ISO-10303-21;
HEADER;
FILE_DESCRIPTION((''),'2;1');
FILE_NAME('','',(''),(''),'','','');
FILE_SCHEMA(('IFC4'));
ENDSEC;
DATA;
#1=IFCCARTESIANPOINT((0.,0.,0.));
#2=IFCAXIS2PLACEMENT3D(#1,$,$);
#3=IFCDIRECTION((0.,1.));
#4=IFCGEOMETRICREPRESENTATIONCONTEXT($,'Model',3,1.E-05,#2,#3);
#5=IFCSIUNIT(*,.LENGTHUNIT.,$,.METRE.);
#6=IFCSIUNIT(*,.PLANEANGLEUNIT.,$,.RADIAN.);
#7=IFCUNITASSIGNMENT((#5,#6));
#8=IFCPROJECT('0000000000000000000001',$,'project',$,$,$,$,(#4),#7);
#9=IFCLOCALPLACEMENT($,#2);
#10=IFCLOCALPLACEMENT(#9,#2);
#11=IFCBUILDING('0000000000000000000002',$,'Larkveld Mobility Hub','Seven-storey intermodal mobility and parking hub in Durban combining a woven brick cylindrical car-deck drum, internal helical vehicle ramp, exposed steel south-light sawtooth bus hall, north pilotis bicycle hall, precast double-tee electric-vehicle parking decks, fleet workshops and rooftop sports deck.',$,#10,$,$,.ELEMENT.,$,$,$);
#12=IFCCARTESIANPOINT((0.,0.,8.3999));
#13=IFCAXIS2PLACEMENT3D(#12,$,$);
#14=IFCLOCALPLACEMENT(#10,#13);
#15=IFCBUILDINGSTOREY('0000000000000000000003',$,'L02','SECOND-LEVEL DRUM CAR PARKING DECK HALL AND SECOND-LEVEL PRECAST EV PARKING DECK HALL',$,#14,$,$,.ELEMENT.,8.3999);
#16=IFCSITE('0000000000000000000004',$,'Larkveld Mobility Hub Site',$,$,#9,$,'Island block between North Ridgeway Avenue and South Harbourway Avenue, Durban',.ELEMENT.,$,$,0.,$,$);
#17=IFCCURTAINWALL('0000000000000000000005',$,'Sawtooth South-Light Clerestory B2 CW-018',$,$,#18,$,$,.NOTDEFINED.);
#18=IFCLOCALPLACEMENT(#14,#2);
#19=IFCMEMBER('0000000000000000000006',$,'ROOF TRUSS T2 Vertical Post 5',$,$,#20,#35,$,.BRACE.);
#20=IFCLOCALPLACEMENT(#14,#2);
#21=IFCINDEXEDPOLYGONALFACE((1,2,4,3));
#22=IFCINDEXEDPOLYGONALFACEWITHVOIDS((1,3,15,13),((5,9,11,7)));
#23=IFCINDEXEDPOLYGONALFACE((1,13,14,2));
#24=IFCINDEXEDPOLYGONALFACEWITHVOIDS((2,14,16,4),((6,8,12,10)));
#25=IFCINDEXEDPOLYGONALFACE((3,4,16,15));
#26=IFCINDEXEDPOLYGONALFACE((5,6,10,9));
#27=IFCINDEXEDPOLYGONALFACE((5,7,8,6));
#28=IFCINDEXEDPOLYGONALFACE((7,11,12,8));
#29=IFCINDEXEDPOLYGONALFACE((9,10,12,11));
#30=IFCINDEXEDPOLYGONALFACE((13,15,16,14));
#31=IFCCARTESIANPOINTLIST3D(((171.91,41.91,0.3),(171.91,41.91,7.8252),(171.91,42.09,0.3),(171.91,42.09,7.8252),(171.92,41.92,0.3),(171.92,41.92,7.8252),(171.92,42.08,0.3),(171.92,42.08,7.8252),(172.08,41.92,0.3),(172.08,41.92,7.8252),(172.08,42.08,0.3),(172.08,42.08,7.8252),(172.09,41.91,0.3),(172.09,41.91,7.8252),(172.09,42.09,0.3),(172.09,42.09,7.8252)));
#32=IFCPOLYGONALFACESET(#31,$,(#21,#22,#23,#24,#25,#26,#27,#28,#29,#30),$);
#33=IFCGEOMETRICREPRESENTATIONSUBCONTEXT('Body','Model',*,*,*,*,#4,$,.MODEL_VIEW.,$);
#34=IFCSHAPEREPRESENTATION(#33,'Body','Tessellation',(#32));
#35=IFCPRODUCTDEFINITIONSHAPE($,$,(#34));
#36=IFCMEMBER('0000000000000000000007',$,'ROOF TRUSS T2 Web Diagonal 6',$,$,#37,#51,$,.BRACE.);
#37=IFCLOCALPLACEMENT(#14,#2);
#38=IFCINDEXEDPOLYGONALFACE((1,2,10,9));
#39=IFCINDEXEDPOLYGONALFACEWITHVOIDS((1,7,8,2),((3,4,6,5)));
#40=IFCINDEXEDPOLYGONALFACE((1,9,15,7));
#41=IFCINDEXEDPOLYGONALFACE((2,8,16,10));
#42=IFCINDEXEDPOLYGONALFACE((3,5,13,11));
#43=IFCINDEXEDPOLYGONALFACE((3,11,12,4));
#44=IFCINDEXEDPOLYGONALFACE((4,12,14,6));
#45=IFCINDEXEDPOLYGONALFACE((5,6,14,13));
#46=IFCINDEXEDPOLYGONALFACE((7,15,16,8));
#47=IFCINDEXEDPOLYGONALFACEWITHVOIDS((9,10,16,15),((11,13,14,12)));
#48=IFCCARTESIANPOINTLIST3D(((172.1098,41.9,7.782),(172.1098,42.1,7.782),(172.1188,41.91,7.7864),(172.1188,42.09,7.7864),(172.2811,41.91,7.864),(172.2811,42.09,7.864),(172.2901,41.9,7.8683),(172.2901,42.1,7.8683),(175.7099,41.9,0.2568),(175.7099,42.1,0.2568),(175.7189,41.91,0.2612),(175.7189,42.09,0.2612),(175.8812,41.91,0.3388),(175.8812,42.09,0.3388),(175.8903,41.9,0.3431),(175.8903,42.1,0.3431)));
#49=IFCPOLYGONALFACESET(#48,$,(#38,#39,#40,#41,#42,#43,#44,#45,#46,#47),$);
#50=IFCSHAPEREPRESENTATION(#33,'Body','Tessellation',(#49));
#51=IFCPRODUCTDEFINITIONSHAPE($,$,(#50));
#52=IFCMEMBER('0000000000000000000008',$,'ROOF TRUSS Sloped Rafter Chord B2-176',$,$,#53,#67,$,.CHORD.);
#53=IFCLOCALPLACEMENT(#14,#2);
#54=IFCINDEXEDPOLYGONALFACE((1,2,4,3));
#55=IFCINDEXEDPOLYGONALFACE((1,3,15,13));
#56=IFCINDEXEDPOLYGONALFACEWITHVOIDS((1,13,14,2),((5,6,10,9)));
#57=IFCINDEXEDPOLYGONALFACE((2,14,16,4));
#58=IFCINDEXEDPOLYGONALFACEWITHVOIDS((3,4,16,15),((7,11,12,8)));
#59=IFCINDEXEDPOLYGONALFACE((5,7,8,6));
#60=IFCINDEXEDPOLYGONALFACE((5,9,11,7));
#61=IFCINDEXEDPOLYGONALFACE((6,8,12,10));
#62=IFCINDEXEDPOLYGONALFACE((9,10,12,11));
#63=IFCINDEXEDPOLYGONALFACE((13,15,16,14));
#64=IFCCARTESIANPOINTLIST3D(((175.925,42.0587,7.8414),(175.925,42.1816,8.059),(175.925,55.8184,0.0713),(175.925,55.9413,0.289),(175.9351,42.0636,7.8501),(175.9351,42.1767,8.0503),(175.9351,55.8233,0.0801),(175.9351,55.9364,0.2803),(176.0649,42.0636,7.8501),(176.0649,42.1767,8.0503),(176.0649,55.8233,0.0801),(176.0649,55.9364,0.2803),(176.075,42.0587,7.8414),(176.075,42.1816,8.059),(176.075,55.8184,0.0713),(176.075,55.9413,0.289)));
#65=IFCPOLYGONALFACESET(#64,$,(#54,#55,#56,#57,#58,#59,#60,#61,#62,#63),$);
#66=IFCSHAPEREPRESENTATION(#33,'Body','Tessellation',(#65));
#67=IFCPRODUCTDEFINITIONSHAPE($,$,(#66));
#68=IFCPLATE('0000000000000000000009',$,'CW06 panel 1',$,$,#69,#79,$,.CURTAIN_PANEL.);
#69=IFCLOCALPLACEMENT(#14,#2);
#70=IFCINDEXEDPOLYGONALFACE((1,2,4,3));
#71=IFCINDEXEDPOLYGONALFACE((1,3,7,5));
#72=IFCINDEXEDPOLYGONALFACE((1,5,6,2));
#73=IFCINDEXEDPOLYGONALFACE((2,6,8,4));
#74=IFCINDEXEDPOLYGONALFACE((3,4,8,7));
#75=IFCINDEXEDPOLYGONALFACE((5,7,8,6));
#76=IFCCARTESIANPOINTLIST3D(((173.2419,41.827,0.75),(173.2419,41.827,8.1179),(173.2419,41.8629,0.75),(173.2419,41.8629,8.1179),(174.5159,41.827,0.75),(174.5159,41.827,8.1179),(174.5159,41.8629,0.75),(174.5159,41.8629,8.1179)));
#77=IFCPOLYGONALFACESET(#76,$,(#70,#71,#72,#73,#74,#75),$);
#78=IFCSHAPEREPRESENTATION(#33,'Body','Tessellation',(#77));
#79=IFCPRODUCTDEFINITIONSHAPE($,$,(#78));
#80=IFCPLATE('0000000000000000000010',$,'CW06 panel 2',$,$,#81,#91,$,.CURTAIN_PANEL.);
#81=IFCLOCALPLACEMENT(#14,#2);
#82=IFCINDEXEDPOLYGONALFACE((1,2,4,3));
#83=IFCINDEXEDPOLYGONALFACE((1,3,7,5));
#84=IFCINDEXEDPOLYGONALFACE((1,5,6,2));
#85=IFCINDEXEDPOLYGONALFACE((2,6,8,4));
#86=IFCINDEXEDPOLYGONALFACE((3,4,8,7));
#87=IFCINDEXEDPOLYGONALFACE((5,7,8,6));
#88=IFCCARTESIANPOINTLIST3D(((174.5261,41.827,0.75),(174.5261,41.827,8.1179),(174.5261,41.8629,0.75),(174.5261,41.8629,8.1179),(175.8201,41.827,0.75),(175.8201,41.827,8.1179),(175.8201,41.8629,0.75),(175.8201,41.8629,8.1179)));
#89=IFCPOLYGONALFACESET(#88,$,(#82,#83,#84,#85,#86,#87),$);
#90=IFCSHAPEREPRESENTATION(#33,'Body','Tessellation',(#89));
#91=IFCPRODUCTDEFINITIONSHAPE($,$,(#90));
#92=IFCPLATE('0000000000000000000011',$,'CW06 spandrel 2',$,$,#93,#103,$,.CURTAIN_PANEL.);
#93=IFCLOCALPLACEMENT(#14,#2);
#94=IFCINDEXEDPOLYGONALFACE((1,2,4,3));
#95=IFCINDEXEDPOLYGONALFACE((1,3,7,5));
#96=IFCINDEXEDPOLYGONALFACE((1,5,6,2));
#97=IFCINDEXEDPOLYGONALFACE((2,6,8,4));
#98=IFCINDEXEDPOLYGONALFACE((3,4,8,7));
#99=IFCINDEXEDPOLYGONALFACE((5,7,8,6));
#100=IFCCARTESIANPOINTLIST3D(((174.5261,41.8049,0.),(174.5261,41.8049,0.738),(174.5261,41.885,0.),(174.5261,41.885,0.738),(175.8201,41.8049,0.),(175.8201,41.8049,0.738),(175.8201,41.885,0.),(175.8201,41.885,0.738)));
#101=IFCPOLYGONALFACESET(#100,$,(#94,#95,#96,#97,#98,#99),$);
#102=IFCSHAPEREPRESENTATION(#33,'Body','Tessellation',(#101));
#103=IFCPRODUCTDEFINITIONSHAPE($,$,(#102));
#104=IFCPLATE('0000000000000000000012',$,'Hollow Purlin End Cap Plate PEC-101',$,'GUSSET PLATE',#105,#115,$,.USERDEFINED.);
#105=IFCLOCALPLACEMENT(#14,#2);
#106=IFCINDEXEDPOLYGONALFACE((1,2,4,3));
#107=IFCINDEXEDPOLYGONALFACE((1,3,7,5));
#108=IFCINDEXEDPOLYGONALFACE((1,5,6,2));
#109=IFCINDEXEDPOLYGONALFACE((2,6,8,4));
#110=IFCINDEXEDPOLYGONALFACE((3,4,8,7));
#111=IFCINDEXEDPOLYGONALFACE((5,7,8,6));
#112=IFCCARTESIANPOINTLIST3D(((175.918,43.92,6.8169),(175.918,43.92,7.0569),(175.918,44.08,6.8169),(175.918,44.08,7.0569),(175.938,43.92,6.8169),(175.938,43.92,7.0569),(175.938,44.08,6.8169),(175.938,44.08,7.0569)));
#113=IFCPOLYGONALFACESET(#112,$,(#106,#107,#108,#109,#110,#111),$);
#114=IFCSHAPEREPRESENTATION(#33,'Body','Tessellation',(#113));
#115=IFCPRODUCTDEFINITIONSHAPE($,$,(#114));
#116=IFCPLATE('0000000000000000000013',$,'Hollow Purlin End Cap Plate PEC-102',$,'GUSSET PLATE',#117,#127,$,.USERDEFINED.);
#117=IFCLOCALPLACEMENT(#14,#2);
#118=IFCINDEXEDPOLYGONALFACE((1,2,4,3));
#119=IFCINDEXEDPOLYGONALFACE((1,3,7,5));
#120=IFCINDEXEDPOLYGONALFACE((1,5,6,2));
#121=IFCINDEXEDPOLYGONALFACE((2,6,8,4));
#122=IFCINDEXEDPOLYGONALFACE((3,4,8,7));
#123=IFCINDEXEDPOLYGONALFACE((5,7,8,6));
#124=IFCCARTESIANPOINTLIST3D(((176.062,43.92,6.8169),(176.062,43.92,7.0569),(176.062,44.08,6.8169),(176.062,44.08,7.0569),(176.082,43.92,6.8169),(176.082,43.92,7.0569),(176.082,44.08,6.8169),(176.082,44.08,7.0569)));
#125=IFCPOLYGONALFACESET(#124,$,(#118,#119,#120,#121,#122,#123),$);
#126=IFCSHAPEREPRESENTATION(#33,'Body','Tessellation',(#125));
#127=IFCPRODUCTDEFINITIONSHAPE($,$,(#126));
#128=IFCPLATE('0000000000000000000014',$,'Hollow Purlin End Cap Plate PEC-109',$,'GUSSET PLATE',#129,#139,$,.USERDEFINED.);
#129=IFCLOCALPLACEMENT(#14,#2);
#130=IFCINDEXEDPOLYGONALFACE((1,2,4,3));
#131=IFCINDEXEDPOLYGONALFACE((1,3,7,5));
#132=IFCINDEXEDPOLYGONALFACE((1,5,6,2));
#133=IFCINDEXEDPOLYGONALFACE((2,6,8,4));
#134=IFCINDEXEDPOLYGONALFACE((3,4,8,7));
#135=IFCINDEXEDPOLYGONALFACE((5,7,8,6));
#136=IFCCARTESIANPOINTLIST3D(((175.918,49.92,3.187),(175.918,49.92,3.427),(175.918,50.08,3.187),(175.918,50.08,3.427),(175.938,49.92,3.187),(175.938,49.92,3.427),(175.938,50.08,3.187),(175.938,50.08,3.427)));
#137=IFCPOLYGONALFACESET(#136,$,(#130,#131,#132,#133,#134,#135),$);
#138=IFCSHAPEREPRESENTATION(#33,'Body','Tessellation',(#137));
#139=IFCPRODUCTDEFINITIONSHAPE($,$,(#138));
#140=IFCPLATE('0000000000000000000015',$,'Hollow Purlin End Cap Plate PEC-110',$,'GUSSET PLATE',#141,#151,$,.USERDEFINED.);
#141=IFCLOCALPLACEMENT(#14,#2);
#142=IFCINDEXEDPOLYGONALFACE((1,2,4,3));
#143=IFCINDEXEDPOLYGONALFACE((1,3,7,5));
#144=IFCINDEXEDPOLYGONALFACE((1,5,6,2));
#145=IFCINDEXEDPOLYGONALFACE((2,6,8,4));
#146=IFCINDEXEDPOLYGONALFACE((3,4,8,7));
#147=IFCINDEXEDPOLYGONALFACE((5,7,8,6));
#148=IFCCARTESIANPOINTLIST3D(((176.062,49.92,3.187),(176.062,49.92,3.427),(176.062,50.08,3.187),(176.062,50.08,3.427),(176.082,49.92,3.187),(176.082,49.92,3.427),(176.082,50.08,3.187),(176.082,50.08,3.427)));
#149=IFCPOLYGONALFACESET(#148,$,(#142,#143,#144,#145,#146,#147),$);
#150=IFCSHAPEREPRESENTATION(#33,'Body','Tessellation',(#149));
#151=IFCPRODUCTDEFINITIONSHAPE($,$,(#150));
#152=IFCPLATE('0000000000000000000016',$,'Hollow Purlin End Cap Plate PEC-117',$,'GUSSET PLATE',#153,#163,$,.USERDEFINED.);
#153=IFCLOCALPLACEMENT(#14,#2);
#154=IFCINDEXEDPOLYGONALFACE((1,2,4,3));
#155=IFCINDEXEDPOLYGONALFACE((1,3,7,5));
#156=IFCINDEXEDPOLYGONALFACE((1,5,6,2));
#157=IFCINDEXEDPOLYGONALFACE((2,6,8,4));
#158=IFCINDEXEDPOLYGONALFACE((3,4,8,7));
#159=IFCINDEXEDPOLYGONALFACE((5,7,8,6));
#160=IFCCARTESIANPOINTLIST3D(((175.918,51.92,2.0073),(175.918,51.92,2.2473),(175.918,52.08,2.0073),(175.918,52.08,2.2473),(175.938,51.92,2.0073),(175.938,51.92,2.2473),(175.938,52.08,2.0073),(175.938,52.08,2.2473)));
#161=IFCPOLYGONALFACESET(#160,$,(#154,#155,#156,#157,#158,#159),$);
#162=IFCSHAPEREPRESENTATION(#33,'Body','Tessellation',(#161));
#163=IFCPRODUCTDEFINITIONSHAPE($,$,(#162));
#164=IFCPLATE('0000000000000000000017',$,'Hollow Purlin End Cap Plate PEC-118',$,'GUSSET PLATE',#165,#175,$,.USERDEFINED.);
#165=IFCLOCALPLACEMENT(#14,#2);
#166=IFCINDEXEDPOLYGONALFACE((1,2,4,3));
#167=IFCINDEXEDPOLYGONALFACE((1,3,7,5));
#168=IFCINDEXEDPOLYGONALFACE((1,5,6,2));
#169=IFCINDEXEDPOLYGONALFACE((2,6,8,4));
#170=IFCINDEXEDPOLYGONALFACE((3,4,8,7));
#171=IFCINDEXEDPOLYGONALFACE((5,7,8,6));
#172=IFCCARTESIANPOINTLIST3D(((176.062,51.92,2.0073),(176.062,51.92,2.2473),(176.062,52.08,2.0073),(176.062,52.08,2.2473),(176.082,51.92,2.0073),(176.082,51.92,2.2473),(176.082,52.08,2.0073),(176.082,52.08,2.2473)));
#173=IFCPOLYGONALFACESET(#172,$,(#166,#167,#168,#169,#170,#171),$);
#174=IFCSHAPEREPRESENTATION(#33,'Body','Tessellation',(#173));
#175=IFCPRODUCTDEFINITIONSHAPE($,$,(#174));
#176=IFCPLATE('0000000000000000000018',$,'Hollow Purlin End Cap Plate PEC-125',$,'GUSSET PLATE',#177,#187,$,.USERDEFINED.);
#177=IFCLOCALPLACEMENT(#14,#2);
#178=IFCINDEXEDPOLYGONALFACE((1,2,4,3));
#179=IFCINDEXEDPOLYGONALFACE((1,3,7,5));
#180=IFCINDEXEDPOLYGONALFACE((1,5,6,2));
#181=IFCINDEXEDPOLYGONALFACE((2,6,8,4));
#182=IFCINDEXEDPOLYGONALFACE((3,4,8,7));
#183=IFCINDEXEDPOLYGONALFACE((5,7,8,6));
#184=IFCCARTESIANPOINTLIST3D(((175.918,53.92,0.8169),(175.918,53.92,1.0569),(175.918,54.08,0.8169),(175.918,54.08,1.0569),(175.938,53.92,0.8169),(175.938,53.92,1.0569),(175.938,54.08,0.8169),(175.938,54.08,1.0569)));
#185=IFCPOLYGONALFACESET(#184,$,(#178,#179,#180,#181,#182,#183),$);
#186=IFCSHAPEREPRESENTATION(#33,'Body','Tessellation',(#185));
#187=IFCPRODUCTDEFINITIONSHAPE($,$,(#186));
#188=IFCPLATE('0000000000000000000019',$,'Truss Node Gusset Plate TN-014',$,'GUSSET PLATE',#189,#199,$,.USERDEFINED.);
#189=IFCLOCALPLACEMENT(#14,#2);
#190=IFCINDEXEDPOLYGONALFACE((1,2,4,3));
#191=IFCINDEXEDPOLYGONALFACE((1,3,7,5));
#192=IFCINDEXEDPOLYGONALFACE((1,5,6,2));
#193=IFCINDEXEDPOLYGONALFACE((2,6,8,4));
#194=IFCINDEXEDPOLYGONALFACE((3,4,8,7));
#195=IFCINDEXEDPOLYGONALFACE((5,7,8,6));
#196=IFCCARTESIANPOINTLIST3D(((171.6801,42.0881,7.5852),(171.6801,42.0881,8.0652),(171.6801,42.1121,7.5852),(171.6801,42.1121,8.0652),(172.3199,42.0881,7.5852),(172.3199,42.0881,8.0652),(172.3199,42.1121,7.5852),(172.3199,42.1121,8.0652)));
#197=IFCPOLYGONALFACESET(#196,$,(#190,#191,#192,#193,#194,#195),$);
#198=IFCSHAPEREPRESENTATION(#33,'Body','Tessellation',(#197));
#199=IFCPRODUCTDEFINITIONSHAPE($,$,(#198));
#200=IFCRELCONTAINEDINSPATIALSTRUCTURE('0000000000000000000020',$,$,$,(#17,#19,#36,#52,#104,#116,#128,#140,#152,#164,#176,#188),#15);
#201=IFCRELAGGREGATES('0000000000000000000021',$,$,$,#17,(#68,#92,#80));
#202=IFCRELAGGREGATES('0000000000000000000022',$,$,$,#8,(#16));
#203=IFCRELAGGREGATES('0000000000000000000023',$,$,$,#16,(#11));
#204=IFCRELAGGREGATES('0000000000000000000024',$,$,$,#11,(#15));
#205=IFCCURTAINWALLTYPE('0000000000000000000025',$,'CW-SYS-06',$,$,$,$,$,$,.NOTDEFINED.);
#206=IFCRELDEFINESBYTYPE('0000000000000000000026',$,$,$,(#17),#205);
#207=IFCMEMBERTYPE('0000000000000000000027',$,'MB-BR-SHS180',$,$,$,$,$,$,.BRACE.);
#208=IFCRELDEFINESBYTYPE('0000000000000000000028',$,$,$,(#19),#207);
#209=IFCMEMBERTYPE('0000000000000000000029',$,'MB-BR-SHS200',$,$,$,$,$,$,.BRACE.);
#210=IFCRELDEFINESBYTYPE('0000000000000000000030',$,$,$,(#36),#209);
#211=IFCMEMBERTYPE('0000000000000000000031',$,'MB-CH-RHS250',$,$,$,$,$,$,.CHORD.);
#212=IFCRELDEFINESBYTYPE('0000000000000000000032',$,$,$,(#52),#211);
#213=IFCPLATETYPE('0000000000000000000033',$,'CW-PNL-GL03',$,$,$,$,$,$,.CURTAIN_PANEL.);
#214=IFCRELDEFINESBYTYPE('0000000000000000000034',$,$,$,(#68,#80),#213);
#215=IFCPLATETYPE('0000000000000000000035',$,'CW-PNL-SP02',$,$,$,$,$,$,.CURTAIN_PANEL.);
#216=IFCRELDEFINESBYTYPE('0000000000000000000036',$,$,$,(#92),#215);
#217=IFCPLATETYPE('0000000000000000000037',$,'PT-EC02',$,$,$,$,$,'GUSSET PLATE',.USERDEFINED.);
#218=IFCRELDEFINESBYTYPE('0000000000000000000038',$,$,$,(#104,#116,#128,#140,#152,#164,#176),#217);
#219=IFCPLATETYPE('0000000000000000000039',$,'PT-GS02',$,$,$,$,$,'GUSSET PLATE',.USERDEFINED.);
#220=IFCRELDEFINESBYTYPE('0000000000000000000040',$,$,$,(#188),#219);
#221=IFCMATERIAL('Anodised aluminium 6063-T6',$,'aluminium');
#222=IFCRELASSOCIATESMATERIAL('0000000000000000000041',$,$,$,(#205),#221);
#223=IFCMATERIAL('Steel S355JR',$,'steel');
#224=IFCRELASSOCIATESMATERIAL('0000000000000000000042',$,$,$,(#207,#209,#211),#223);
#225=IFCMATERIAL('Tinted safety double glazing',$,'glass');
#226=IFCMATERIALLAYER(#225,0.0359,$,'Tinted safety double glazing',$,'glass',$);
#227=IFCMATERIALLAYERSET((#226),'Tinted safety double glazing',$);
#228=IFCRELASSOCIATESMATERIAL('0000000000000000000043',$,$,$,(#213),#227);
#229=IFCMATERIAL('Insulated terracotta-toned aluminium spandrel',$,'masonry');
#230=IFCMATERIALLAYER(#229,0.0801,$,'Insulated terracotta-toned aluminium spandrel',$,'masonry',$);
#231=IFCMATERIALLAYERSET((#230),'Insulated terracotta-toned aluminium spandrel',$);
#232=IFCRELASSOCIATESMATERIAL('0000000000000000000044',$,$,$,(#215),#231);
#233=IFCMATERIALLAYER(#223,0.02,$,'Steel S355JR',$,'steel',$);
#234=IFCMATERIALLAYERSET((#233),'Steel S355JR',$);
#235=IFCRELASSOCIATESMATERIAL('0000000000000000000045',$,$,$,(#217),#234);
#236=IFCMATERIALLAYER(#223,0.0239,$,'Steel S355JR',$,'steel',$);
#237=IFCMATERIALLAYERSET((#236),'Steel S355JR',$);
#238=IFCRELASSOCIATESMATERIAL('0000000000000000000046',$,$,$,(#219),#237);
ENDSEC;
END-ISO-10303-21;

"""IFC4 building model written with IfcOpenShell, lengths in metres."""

from ifc_helpers import new_model, si_unit, direction, frame, origin, origin_2d, place, context, subcontext, project, spatial, rectangle, hollow_rectangle, extrude, material, layer, layer_set, material_profile, profile_set, type_object, element, aggregate, save


model = new_model("IFC4")

# Units and contexts
model_context = context("Model", 3, precision=1e-05, world=origin(), true_north=direction((0.0, 1.0)))
body_context = subcontext(model_context, "Body", "Model", "MODEL_VIEW")
ifc_project = project(units=[si_unit("LENGTHUNIT", "METRE"), si_unit("PLANEANGLEUNIT", "RADIAN")], contexts=[model_context])

# Site, building, storey
site_placement = place(None, origin())
site = spatial("IfcSite", under=ifc_project, at=site_placement, Name="Larkveld Mobility Hub Site", LongName="Island block between North Ridgeway Avenue and South Harbourway Avenue, Durban", CompositionType="ELEMENT", RefElevation=0.0)
building_placement = place(site_placement, origin())
building = spatial("IfcBuilding", under=site, at=building_placement, Name="Larkveld Mobility Hub", Description="Seven-storey intermodal mobility and parking hub in Durban combining a woven brick cylindrical car-deck drum, internal helical vehicle ramp, exposed steel south-light sawtooth bus hall, north pilotis bicycle hall, precast double-tee electric-vehicle parking decks, fleet workshops and rooftop sports deck.", CompositionType="ELEMENT")
storey_placement = place(building_placement, frame((0.0, 0.0, 8.3999)))
storey = spatial("IfcBuildingStorey", under=building, at=storey_placement, Name="L02", Description="SECOND-LEVEL DRUM CAR PARKING DECK HALL AND SECOND-LEVEL PRECAST EV PARKING DECK HALL", CompositionType="ELEMENT", Elevation=8.3999)

# Curtain wall
ifc_material_1 = material(Name="Anodised aluminium 6063-T6", Category="aluminium")
curtain_wall_type = type_object("IfcCurtainWallType", Name="CW-SYS-06", PredefinedType="NOTDEFINED", material=ifc_material_1)
curtain_wall_placement = place(storey_placement, origin())
curtain_wall = element("IfcCurtainWall", 1, at=curtain_wall_placement, inside=storey, type_object=curtain_wall_type, Name="Sawtooth South-Light Clerestory B2 CW-018", PredefinedType="NOTDEFINED")

# Members
ifc_material_2 = material(Name="Steel S355JR", Category="steel")
ifc_material_profile_1 = material_profile(ifc_material_2, hollow_rectangle(XDim=0.1799, YDim=0.1799, WallThickness=0.01, at=origin_2d()), Name="SHS 180x180x10")
ifc_profile_set_1 = profile_set([ifc_material_profile_1], Name="Steel S355JR")
member_type_1 = type_object("IfcMemberType", Name="MB-BR-SHS180", PredefinedType="BRACE", material=ifc_profile_set_1)
member_1_placement = place(storey_placement, frame((172.0, 42.0, 0.3), z_axis=(0.0, 0.0, 1.0), x_axis=(1.0, 0.0, 0.0)))
element("IfcMember", 2, at=member_1_placement, inside=storey, type_object=member_type_1, Name="ROOF TRUSS T2 Vertical Post 5", PredefinedType="BRACE", context=body_context, shape_type="SweptSolid", body=[
    extrude(hollow_rectangle(XDim=0.1799, YDim=0.1799, WallThickness=0.01, at=origin_2d()), origin(), (0.0, 0.0, 1.0), 7.5251),
])
ifc_material_profile_2 = material_profile(ifc_material_2, hollow_rectangle(XDim=0.2, YDim=0.2, WallThickness=0.01, at=origin_2d()), Name="SHS 200x200x10")
ifc_profile_set_2 = profile_set([ifc_material_profile_2], Name="Steel S355JR")
member_type_2 = type_object("IfcMemberType", Name="MB-BR-SHS200", PredefinedType="BRACE", material=ifc_profile_set_2)
member_2_placement = place(storey_placement, frame((172.2, 42.0, 7.8252), z_axis=(0.431564, 0.0, -0.902082), x_axis=(0.0, 1.0, 0.0)))
element("IfcMember", 3, at=member_2_placement, inside=storey, type_object=member_type_2, Name="ROOF TRUSS T2 Web Diagonal 6", PredefinedType="BRACE", context=body_context, shape_type="SweptSolid", body=[
    extrude(hollow_rectangle(XDim=0.2, YDim=0.2, WallThickness=0.01, at=origin_2d()), origin(), (0.0, 0.0, 1.0), 8.342),
])
ifc_material_profile_3 = material_profile(ifc_material_2, hollow_rectangle(XDim=0.1499, YDim=0.25, WallThickness=0.01, at=origin_2d()), Name="RHS 250x150x10")
ifc_profile_set_3 = profile_set([ifc_material_profile_3], Name="Steel S355JR")
member_type_3 = type_object("IfcMemberType", Name="MB-CH-RHS250", PredefinedType="CHORD", material=ifc_profile_set_3)
member_3_placement = place(storey_placement, frame((176.0, 42.1201, 7.9502), z_axis=(0.0, 0.870759, -0.49171), x_axis=(-1.0, 0.0, 0.0)))
element("IfcMember", 4, at=member_3_placement, inside=storey, type_object=member_type_3, Name="ROOF TRUSS Sloped Rafter Chord B2-176", PredefinedType="CHORD", context=body_context, shape_type="SweptSolid", body=[
    extrude(hollow_rectangle(XDim=0.1499, YDim=0.25, WallThickness=0.01, at=origin_2d()), origin(), (0.0, 0.0, 1.0), 15.802),
])

# Plates
ifc_material_3 = material(Name="Tinted safety double glazing", Category="glass")
ifc_layer_1 = layer(ifc_material_3, 0.0359, Name="Tinted safety double glazing", Category="glass")
ifc_layer_set_1 = layer_set([ifc_layer_1], Name="Tinted safety double glazing")
plate_type_1 = type_object("IfcPlateType", Name="CW-PNL-GL03", PredefinedType="CURTAIN_PANEL", material=ifc_layer_set_1)
plate_1_placement = place(storey_placement, frame((173.8789, 41.845, 0.75), z_axis=(0.0, 0.0, 1.0), x_axis=(1.0, 0.0, 0.0)))
plate_1 = element("IfcPlate", 5, at=plate_1_placement, type_object=plate_type_1, Name="CW06 panel 1", PredefinedType="CURTAIN_PANEL", context=body_context, shape_type="SweptSolid", body=[
    extrude(rectangle(XDim=1.2739, YDim=0.0359, at=origin_2d()), origin(), (0.0, 0.0, 1.0), 7.3679),
])
plate_2_placement = place(storey_placement, frame((175.1731, 41.845, 0.75), z_axis=(0.0, 0.0, 1.0), x_axis=(1.0, 0.0, 0.0)))
plate_2 = element("IfcPlate", 6, at=plate_2_placement, type_object=plate_type_1, Name="CW06 panel 2", PredefinedType="CURTAIN_PANEL", context=body_context, shape_type="SweptSolid", body=[
    extrude(rectangle(XDim=1.2939, YDim=0.0359, at=origin_2d()), origin(), (0.0, 0.0, 1.0), 7.3679),
])
ifc_material_4 = material(Name="Insulated terracotta-toned aluminium spandrel", Category="masonry")
ifc_layer_2 = layer(ifc_material_4, 0.0801, Name="Insulated terracotta-toned aluminium spandrel", Category="masonry")
ifc_layer_set_2 = layer_set([ifc_layer_2], Name="Insulated terracotta-toned aluminium spandrel")
plate_type_2 = type_object("IfcPlateType", Name="CW-PNL-SP02", PredefinedType="CURTAIN_PANEL", material=ifc_layer_set_2)
plate_3_placement = place(storey_placement, frame((175.1731, 41.845, 0.0), z_axis=(0.0, 0.0, 1.0), x_axis=(1.0, 0.0, 0.0)))
plate_3 = element("IfcPlate", 7, at=plate_3_placement, type_object=plate_type_2, Name="CW06 spandrel 2", PredefinedType="CURTAIN_PANEL", context=body_context, shape_type="SweptSolid", body=[
    extrude(rectangle(XDim=1.2939, YDim=0.0801, at=origin_2d()), origin(), (0.0, 0.0, 1.0), 0.738),
])
aggregate(curtain_wall, [plate_1, plate_3, plate_2])

# Plates
ifc_layer_3 = layer(ifc_material_2, 0.02, Name="Steel S355JR", Category="steel")
ifc_layer_set_3 = layer_set([ifc_layer_3], Name="Steel S355JR")
plate_type_3 = type_object("IfcPlateType", Name="PT-EC02", ElementType="GUSSET PLATE", PredefinedType="USERDEFINED", material=ifc_layer_set_3)
for number, where, z_axis, x_axis, name in (
    (8, (175.928, 44.0, 6.8169), (0.0, 0.0, 1.0), (1.0, 0.0, 0.0), "Hollow Purlin End Cap Plate PEC-101"),
    (9, (176.072, 44.0, 6.8169), (0.0, 0.0, 1.0), (1.0, 0.0, 0.0), "Hollow Purlin End Cap Plate PEC-102"),
    (10, (175.928, 50.0, 3.187), (0.0, 0.0, 1.0), (1.0, 0.0, 0.0), "Hollow Purlin End Cap Plate PEC-109"),
    (11, (176.072, 50.0, 3.187), (0.0, 0.0, 1.0), (1.0, 0.0, 0.0), "Hollow Purlin End Cap Plate PEC-110"),
    (12, (175.928, 52.0, 2.0073), (0.0, 0.0, 1.0), (1.0, 0.0, 0.0), "Hollow Purlin End Cap Plate PEC-117"),
    (13, (176.072, 52.0, 2.0073), (0.0, 0.0, 1.0), (1.0, 0.0, 0.0), "Hollow Purlin End Cap Plate PEC-118"),
    (14, (175.928, 54.0, 0.8169), (0.0, 0.0, 1.0), (1.0, 0.0, 0.0), "Hollow Purlin End Cap Plate PEC-125"),
):
    element("IfcPlate", number, at=place(storey_placement, frame(where, z_axis=z_axis, x_axis=x_axis)), inside=storey, type_object=plate_type_3, Name=name, ObjectType="GUSSET PLATE", PredefinedType="USERDEFINED", context=body_context, shape_type="SweptSolid", body=[
        extrude(rectangle(XDim=0.02, YDim=0.1599, at=origin_2d()), origin(), (0.0, 0.0, 1.0), 0.24),
    ])
ifc_layer_4 = layer(ifc_material_2, 0.0239, Name="Steel S355JR", Category="steel")
ifc_layer_set_4 = layer_set([ifc_layer_4], Name="Steel S355JR")
plate_type_4 = type_object("IfcPlateType", Name="PT-GS02", ElementType="GUSSET PLATE", PredefinedType="USERDEFINED", material=ifc_layer_set_4)
plate_4_placement = place(storey_placement, frame((172.0, 42.1001, 7.5852), z_axis=(0.0, 0.0, 1.0), x_axis=(1.0, 0.0, 0.0)))
element("IfcPlate", 15, at=plate_4_placement, inside=storey, type_object=plate_type_4, Name="Truss Node Gusset Plate TN-014", ObjectType="GUSSET PLATE", PredefinedType="USERDEFINED", context=body_context, shape_type="SweptSolid", body=[
    extrude(rectangle(XDim=0.6399, YDim=0.0239, at=origin_2d()), origin(), (0.0, 0.0, 1.0), 0.48),
])

save(model, "model.ifc")
